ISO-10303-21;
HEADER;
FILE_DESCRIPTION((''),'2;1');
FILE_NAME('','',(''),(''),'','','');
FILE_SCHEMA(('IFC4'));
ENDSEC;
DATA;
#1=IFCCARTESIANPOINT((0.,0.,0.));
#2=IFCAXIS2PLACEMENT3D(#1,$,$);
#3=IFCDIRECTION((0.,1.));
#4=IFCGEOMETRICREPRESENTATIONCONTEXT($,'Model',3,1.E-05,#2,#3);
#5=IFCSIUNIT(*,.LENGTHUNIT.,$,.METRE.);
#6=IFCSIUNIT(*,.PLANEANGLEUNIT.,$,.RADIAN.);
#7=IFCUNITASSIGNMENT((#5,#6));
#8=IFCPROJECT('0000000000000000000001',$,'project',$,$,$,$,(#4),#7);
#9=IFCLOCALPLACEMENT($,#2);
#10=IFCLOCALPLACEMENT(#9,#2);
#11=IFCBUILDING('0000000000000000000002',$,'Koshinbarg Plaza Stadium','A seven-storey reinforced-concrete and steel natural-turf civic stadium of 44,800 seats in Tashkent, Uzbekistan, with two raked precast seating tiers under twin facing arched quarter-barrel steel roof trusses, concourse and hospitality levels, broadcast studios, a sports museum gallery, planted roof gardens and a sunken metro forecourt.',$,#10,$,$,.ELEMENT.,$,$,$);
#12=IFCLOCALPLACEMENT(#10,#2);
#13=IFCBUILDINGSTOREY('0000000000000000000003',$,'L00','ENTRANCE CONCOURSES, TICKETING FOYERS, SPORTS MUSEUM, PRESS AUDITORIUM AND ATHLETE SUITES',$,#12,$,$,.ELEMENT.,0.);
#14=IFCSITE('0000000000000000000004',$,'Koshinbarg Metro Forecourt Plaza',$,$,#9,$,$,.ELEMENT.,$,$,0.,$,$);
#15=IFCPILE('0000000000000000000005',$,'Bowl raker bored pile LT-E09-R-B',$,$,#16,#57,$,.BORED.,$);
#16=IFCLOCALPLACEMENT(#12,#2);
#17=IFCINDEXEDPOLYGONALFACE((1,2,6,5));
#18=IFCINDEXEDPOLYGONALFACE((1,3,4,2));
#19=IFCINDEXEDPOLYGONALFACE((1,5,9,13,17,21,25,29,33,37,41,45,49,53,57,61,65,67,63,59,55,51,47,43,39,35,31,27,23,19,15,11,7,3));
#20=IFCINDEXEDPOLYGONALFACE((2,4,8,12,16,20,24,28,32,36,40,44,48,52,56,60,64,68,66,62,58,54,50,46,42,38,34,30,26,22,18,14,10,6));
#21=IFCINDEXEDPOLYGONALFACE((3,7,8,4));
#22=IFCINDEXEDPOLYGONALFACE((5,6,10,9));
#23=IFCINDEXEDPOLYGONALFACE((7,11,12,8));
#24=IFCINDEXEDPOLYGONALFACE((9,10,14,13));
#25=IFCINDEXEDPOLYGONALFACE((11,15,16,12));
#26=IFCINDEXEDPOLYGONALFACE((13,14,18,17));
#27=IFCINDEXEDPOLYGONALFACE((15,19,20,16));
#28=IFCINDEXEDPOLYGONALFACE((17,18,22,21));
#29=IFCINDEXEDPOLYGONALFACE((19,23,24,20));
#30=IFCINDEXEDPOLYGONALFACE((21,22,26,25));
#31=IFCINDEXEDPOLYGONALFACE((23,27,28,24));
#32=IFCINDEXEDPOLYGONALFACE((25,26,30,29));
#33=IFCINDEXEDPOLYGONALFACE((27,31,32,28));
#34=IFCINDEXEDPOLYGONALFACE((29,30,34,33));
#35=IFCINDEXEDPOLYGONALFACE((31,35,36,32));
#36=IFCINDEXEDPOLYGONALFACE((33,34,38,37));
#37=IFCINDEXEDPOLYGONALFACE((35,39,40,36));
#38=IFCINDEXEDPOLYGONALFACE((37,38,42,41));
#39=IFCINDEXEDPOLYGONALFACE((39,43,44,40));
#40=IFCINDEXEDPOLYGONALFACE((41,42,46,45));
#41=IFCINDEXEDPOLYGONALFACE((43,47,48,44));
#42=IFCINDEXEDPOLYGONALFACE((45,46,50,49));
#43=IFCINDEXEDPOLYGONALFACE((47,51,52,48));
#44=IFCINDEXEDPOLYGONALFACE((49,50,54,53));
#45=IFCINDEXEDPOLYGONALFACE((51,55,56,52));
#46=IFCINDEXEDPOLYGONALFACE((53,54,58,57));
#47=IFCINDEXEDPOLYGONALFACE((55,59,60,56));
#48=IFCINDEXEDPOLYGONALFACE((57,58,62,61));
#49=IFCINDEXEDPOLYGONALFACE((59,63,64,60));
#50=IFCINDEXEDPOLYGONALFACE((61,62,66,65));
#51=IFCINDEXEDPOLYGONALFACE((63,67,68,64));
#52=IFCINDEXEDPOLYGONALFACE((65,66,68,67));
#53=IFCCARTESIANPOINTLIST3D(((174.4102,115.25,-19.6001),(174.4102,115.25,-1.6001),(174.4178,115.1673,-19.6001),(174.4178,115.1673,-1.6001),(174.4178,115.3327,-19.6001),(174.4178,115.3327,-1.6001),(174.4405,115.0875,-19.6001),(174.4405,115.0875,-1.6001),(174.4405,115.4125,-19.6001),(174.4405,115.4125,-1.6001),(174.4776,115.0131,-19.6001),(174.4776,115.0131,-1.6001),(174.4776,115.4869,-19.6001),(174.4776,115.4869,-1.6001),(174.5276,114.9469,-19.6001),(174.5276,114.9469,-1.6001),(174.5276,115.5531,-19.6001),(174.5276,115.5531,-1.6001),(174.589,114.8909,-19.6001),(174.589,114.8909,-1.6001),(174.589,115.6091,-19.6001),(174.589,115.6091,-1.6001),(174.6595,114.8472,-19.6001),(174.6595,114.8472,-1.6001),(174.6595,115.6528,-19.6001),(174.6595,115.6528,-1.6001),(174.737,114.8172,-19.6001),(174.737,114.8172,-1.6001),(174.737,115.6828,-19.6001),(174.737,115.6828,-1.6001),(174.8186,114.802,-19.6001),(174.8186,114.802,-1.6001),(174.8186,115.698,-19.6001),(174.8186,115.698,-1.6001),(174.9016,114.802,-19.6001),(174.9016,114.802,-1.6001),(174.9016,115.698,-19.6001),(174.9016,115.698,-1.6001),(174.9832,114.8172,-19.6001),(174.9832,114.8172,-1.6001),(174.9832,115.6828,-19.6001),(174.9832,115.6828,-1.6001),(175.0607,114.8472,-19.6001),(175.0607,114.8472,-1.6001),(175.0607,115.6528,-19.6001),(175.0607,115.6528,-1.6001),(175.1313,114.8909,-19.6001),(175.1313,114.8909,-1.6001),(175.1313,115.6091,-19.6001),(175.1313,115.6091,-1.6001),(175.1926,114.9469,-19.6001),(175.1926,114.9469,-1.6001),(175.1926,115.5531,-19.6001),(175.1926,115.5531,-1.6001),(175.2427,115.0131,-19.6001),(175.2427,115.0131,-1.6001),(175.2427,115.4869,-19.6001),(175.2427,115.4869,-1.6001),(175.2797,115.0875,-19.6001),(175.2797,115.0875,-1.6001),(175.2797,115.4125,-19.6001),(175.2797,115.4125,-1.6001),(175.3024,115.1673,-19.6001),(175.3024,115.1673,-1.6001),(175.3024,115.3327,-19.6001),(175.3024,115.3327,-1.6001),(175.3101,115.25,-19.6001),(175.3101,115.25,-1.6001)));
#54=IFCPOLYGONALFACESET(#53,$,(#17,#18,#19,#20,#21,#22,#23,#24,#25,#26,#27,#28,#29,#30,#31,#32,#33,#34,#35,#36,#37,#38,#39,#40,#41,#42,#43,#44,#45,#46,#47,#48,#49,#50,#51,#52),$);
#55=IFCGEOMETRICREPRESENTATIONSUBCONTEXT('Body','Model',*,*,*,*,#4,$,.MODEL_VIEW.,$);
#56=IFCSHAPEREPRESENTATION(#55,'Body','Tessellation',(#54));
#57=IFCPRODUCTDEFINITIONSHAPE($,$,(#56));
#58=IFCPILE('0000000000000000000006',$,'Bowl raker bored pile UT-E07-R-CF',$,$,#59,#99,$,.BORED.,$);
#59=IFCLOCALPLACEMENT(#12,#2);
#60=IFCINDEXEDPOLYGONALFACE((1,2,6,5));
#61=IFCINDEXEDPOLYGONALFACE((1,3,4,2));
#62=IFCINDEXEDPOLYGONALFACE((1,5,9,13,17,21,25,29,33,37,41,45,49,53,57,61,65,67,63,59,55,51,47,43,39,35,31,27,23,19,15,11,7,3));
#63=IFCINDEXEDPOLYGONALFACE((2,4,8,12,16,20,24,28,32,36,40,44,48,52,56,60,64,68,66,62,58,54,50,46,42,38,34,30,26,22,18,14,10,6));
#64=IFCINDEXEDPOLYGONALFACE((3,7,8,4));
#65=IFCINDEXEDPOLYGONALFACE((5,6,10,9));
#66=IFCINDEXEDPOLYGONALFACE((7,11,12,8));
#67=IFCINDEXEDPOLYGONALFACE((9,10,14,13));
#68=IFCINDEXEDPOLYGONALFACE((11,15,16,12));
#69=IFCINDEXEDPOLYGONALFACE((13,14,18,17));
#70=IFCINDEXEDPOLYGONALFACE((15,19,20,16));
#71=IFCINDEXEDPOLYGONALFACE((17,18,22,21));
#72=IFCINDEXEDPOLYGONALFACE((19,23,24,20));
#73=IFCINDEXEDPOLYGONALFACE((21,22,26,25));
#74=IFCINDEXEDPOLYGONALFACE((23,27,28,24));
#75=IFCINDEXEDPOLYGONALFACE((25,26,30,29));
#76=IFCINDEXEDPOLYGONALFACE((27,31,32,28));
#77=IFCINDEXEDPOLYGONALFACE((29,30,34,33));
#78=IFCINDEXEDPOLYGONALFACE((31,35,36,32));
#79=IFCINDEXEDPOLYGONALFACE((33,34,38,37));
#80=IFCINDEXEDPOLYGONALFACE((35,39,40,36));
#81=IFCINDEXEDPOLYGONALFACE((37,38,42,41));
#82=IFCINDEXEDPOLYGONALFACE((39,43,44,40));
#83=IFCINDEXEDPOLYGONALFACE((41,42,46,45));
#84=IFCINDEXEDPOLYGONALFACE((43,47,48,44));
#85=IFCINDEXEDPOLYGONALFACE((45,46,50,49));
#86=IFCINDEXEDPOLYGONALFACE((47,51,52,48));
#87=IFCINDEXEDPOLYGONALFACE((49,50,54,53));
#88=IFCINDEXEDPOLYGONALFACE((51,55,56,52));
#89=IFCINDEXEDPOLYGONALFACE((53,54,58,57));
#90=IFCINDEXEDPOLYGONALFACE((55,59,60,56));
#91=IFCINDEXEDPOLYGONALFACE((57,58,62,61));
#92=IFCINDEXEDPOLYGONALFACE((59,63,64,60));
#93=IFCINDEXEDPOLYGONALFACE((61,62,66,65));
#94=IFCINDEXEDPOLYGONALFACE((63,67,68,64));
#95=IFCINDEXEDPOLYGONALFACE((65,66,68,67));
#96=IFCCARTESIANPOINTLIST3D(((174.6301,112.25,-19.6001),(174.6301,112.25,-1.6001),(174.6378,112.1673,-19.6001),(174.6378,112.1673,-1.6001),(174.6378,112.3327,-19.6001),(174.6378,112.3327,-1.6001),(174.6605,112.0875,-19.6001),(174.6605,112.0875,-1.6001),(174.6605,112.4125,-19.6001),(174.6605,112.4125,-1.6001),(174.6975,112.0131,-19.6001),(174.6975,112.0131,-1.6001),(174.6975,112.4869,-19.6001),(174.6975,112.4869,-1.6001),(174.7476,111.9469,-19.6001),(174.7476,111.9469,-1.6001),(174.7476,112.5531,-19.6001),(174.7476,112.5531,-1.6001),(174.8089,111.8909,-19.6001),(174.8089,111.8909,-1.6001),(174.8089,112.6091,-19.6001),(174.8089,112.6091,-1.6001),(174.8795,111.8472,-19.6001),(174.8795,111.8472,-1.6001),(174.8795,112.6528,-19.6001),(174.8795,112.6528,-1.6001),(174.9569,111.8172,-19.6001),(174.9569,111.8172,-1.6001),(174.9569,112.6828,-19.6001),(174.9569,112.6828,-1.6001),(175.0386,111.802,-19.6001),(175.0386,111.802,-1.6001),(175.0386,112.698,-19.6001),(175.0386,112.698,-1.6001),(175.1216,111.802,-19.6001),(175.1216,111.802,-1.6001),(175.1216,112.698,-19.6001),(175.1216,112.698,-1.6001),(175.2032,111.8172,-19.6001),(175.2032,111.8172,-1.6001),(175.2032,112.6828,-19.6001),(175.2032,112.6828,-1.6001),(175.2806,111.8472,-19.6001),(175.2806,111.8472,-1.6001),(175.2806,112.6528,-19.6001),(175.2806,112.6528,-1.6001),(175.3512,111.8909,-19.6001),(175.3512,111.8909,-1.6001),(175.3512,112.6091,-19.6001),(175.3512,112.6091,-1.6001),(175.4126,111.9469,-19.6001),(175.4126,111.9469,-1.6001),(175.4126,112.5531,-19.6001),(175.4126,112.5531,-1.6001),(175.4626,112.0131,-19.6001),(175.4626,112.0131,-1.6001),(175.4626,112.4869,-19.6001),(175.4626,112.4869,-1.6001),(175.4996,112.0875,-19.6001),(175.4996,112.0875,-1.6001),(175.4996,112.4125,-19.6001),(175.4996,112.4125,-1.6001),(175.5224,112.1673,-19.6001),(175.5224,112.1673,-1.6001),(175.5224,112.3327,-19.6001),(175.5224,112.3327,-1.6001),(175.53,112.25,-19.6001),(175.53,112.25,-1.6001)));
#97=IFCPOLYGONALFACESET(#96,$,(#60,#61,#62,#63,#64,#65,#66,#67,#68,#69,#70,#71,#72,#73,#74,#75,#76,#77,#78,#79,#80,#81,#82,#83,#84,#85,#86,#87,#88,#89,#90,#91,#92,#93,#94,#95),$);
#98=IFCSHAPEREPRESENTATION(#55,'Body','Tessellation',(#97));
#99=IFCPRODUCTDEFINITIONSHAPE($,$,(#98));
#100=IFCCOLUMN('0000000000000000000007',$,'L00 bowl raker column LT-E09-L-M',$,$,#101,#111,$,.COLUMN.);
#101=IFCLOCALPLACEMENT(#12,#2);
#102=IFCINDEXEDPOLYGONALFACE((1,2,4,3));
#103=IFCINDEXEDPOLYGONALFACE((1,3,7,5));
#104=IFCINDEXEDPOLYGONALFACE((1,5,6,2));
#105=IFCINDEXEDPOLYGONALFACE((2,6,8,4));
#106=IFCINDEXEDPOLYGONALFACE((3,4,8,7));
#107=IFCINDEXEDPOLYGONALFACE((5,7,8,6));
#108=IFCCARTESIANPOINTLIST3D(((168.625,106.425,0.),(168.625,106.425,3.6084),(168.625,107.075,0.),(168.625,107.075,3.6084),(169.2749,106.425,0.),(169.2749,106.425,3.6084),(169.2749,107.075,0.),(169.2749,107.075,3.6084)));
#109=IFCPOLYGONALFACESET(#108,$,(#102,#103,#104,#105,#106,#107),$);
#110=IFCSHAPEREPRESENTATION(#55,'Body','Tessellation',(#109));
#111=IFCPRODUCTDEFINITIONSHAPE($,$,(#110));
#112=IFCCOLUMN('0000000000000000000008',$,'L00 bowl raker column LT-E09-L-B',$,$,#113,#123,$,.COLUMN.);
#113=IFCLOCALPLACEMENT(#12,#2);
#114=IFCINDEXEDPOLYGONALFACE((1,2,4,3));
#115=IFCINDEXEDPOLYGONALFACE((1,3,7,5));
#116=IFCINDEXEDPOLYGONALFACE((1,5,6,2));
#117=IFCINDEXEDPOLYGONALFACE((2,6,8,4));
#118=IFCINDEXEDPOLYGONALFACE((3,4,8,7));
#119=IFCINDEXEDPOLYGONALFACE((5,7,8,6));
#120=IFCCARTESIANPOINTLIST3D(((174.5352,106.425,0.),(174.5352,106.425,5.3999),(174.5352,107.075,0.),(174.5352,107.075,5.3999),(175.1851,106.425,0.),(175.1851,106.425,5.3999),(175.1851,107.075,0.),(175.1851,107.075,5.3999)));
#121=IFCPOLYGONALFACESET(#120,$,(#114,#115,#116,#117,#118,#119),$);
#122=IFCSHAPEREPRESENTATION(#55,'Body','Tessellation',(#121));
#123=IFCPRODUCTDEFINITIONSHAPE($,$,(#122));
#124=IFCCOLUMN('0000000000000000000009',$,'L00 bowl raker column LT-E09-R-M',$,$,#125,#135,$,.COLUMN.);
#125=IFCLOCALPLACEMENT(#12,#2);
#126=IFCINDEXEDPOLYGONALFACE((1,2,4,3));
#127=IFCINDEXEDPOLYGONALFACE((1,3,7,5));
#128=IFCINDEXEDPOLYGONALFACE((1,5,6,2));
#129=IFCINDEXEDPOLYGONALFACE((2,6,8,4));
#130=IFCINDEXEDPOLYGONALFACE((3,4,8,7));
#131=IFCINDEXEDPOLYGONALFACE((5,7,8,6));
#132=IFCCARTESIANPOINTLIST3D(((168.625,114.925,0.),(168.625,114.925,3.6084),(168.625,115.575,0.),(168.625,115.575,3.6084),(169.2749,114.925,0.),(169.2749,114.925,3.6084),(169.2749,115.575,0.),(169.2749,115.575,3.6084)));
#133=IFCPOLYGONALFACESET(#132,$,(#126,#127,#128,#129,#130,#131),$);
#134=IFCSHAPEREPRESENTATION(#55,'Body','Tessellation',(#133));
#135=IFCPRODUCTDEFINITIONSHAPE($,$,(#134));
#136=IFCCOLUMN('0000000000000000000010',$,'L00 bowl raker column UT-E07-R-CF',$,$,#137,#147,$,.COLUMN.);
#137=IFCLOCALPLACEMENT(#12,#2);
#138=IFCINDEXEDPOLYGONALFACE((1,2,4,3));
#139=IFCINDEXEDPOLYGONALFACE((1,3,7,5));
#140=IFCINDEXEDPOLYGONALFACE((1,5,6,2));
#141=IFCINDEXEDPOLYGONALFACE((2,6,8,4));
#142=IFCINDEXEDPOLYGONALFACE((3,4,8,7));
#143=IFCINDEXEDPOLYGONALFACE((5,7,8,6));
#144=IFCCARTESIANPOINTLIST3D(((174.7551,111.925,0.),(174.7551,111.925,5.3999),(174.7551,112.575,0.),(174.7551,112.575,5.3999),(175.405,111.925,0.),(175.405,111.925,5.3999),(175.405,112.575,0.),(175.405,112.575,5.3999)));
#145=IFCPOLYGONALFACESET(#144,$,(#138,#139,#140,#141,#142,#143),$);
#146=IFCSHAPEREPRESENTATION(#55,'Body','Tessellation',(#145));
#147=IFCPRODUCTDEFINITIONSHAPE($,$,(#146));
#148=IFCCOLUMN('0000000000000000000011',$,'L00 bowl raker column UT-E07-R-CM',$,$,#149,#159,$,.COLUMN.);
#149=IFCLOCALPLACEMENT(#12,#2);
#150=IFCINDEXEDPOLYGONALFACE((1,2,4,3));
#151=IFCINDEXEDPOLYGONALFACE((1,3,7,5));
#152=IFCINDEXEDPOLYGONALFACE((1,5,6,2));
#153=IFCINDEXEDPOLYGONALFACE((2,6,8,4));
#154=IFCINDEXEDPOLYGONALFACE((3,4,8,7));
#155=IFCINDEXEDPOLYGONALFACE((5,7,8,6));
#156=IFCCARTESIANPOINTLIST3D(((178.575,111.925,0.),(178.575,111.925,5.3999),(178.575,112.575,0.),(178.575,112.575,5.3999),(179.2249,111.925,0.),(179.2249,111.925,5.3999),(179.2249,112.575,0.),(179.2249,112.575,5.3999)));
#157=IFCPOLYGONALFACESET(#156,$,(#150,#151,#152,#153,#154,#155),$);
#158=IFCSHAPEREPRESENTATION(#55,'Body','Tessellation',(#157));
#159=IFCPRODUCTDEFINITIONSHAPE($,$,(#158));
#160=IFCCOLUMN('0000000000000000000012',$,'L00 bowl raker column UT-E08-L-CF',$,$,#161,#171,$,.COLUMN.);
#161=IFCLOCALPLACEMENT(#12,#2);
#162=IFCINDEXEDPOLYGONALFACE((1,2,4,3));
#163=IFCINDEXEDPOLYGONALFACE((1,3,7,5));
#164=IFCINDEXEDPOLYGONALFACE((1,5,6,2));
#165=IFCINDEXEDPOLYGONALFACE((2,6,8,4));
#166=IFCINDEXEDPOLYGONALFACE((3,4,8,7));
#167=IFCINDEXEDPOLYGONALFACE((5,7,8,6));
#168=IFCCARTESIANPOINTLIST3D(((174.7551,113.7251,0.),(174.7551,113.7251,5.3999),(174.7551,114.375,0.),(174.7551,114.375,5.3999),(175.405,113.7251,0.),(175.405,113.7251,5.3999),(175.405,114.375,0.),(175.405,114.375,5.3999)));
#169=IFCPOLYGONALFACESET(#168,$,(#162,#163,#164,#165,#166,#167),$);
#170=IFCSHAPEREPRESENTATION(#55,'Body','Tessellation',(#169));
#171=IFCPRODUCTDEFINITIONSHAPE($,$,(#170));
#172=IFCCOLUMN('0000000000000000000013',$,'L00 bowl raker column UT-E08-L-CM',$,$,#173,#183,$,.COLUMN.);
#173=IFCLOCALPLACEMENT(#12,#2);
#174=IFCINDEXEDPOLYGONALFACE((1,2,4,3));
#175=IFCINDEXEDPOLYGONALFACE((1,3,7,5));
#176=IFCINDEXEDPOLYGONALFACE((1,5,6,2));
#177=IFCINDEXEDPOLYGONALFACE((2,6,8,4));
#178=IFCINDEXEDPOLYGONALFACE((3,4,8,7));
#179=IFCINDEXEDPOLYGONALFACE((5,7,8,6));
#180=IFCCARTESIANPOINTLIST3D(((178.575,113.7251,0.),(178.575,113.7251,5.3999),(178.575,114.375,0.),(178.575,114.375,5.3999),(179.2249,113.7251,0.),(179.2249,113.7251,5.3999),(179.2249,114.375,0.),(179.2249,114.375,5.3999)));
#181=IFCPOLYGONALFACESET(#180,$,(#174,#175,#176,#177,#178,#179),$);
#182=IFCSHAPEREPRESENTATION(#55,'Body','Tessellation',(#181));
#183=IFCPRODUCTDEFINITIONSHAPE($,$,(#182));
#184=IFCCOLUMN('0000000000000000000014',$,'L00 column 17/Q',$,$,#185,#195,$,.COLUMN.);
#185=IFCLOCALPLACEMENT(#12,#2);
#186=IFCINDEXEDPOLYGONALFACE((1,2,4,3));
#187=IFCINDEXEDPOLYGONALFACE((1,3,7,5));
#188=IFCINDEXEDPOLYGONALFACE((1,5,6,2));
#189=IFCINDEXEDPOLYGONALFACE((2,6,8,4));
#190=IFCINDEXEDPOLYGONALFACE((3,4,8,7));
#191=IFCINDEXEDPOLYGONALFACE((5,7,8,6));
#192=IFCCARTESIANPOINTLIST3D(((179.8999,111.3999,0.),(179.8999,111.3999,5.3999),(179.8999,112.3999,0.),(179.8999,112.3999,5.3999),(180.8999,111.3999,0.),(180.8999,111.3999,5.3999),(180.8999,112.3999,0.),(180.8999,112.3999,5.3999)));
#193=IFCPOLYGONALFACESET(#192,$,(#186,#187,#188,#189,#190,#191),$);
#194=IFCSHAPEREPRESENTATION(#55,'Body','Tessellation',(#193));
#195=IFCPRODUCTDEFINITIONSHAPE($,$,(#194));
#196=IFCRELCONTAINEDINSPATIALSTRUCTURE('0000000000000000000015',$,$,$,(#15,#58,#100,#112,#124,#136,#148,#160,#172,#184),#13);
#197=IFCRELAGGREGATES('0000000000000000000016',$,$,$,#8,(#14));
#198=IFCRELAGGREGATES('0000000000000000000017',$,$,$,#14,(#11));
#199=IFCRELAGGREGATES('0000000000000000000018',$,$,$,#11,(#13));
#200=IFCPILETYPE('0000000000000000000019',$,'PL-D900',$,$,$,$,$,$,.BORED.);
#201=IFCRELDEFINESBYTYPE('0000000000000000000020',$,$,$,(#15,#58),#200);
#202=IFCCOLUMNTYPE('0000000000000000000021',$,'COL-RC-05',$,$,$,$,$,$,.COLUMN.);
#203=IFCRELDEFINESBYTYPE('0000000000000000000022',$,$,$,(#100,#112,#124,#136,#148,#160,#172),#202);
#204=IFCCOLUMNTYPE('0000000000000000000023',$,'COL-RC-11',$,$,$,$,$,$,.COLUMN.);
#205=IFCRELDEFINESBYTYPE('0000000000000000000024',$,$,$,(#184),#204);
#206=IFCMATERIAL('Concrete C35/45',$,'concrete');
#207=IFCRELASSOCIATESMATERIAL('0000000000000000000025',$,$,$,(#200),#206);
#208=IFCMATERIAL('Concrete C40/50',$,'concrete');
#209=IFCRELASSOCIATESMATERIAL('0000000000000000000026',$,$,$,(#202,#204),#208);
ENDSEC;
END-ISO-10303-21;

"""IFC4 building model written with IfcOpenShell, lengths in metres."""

from ifc_helpers import new_model, si_unit, direction, frame, origin, origin_2d, place, context, subcontext, project, spatial, rectangle, circle, extrude, material, material_profile, profile_set, type_object, element, save


model = new_model("IFC4")

# Units and contexts
model_context = context("Model", 3, precision=1e-05, world=origin(), true_north=direction((0.0, 1.0)))
body_context = subcontext(model_context, "Body", "Model", "MODEL_VIEW")
ifc_project = project(units=[si_unit("LENGTHUNIT", "METRE"), si_unit("PLANEANGLEUNIT", "RADIAN")], contexts=[model_context])

# Site, building, storey
site_placement = place(None, origin())
site = spatial("IfcSite", under=ifc_project, at=site_placement, Name="Koshinbarg Metro Forecourt Plaza", CompositionType="ELEMENT", RefElevation=0.0)
building_placement = place(site_placement, origin())
building = spatial("IfcBuilding", under=site, at=building_placement, Name="Koshinbarg Plaza Stadium", Description="A seven-storey reinforced-concrete and steel natural-turf civic stadium of 44,800 seats in Tashkent, Uzbekistan, with two raked precast seating tiers under twin facing arched quarter-barrel steel roof trusses, concourse and hospitality levels, broadcast studios, a sports museum gallery, planted roof gardens and a sunken metro forecourt.", CompositionType="ELEMENT")
storey_placement = place(building_placement, origin())
storey = spatial("IfcBuildingStorey", under=building, at=storey_placement, Name="L00", Description="ENTRANCE CONCOURSES, TICKETING FOYERS, SPORTS MUSEUM, PRESS AUDITORIUM AND ATHLETE SUITES", CompositionType="ELEMENT", Elevation=0.0)

# Shared definitions
ifc_material_1 = material(Name="Concrete C35/45", Category="concrete")

# Piles
ifc_material_profile_1 = material_profile(ifc_material_1, circle(Radius=0.45, at=origin_2d()), Name="PILE D900")
ifc_profile_set_1 = profile_set([ifc_material_profile_1], Name="Concrete C35/45")
pile_type_1 = type_object("IfcPileType", Name="PL-D900", PredefinedType="BORED", material=ifc_profile_set_1)
for number, where, z_axis, x_axis, name in (
    (1, (174.8601, 115.25, -1.6001), (0.0, 0.0, -1.0), (1.0, 0.0, 0.0), "Bowl raker bored pile LT-E09-R-B"),
    (2, (175.0801, 112.25, -1.6001), (0.0, 0.0, -1.0), (1.0, 0.0, 0.0), "Bowl raker bored pile UT-E07-R-CF"),
):
    element("IfcPile", number, at=place(storey_placement, frame(where, z_axis=z_axis, x_axis=x_axis)), inside=storey, type_object=pile_type_1, Name=name, PredefinedType="BORED", context=body_context, shape_type="SweptSolid", body=[
        extrude(circle(Radius=0.45, at=origin_2d()), origin(), (0.0, 0.0, 1.0), 18.0),
    ])

# Columns
ifc_material_2 = material(Name="Concrete C40/50", Category="concrete")
ifc_material_profile_2 = material_profile(ifc_material_2, rectangle(XDim=0.6499, YDim=0.6499, at=origin_2d()), Name="RC 650x650")
ifc_profile_set_2 = profile_set([ifc_material_profile_2], Name="Concrete C40/50")
column_type_1 = type_object("IfcColumnType", Name="COL-RC-05", PredefinedType="COLUMN", material=ifc_profile_set_2)
column_1_placement = place(storey_placement, frame((168.95, 106.75, 0.0), z_axis=(0.0, 0.0, 1.0), x_axis=(1.0, 0.0, 0.0)))
element("IfcColumn", 3, at=column_1_placement, inside=storey, type_object=column_type_1, Name="L00 bowl raker column LT-E09-L-M", PredefinedType="COLUMN", context=body_context, shape_type="SweptSolid", body=[
    extrude(rectangle(XDim=0.6499, YDim=0.6499, at=origin_2d()), origin(), (0.0, 0.0, 1.0), 3.6084),
])
column_2_placement = place(storey_placement, frame((174.8601, 106.75, 0.0), z_axis=(0.0, 0.0, 1.0), x_axis=(1.0, 0.0, 0.0)))
element("IfcColumn", 4, at=column_2_placement, inside=storey, type_object=column_type_1, Name="L00 bowl raker column LT-E09-L-B", PredefinedType="COLUMN", context=body_context, shape_type="SweptSolid", body=[
    extrude(rectangle(XDim=0.6499, YDim=0.6499, at=origin_2d()), origin(), (0.0, 0.0, 1.0), 5.3999),
])
column_3_placement = place(storey_placement, frame((168.95, 115.25, 0.0), z_axis=(0.0, 0.0, 1.0), x_axis=(1.0, 0.0, 0.0)))
element("IfcColumn", 5, at=column_3_placement, inside=storey, type_object=column_type_1, Name="L00 bowl raker column LT-E09-R-M", PredefinedType="COLUMN", context=body_context, shape_type="SweptSolid", body=[
    extrude(rectangle(XDim=0.6499, YDim=0.6499, at=origin_2d()), origin(), (0.0, 0.0, 1.0), 3.6084),
])
for number, where, z_axis, x_axis, name in (
    (6, (175.0801, 112.25, 0.0), (0.0, 0.0, 1.0), (1.0, 0.0, 0.0), "L00 bowl raker column UT-E07-R-CF"),
    (7, (178.8999, 112.25, 0.0), (0.0, 0.0, 1.0), (1.0, 0.0, 0.0), "L00 bowl raker column UT-E07-R-CM"),
    (8, (175.0801, 114.05, 0.0), (0.0, 0.0, 1.0), (1.0, 0.0, 0.0), "L00 bowl raker column UT-E08-L-CF"),
    (9, (178.8999, 114.05, 0.0), (0.0, 0.0, 1.0), (1.0, 0.0, 0.0), "L00 bowl raker column UT-E08-L-CM"),
):
    element("IfcColumn", number, at=place(storey_placement, frame(where, z_axis=z_axis, x_axis=x_axis)), inside=storey, type_object=column_type_1, Name=name, PredefinedType="COLUMN", context=body_context, shape_type="SweptSolid", body=[
        extrude(rectangle(XDim=0.6499, YDim=0.6499, at=origin_2d()), origin(), (0.0, 0.0, 1.0), 5.3999),
    ])
ifc_material_profile_3 = material_profile(ifc_material_2, rectangle(XDim=1.0, YDim=1.0, at=origin_2d()), Name="RC 1000x1000")
ifc_profile_set_3 = profile_set([ifc_material_profile_3], Name="Concrete C40/50")
column_type_2 = type_object("IfcColumnType", Name="COL-RC-11", PredefinedType="COLUMN", material=ifc_profile_set_3)
column_4_placement = place(storey_placement, frame((180.3999, 111.8999, 0.0), z_axis=(0.0, 0.0, 1.0), x_axis=(1.0, 0.0, 0.0)))
element("IfcColumn", 10, at=column_4_placement, inside=storey, type_object=column_type_2, Name="L00 column 17/Q", PredefinedType="COLUMN", context=body_context, shape_type="SweptSolid", body=[
    extrude(rectangle(XDim=1.0, YDim=1.0, at=origin_2d()), origin(), (0.0, 0.0, 1.0), 5.3999),
])

save(model, "model.ifc")
